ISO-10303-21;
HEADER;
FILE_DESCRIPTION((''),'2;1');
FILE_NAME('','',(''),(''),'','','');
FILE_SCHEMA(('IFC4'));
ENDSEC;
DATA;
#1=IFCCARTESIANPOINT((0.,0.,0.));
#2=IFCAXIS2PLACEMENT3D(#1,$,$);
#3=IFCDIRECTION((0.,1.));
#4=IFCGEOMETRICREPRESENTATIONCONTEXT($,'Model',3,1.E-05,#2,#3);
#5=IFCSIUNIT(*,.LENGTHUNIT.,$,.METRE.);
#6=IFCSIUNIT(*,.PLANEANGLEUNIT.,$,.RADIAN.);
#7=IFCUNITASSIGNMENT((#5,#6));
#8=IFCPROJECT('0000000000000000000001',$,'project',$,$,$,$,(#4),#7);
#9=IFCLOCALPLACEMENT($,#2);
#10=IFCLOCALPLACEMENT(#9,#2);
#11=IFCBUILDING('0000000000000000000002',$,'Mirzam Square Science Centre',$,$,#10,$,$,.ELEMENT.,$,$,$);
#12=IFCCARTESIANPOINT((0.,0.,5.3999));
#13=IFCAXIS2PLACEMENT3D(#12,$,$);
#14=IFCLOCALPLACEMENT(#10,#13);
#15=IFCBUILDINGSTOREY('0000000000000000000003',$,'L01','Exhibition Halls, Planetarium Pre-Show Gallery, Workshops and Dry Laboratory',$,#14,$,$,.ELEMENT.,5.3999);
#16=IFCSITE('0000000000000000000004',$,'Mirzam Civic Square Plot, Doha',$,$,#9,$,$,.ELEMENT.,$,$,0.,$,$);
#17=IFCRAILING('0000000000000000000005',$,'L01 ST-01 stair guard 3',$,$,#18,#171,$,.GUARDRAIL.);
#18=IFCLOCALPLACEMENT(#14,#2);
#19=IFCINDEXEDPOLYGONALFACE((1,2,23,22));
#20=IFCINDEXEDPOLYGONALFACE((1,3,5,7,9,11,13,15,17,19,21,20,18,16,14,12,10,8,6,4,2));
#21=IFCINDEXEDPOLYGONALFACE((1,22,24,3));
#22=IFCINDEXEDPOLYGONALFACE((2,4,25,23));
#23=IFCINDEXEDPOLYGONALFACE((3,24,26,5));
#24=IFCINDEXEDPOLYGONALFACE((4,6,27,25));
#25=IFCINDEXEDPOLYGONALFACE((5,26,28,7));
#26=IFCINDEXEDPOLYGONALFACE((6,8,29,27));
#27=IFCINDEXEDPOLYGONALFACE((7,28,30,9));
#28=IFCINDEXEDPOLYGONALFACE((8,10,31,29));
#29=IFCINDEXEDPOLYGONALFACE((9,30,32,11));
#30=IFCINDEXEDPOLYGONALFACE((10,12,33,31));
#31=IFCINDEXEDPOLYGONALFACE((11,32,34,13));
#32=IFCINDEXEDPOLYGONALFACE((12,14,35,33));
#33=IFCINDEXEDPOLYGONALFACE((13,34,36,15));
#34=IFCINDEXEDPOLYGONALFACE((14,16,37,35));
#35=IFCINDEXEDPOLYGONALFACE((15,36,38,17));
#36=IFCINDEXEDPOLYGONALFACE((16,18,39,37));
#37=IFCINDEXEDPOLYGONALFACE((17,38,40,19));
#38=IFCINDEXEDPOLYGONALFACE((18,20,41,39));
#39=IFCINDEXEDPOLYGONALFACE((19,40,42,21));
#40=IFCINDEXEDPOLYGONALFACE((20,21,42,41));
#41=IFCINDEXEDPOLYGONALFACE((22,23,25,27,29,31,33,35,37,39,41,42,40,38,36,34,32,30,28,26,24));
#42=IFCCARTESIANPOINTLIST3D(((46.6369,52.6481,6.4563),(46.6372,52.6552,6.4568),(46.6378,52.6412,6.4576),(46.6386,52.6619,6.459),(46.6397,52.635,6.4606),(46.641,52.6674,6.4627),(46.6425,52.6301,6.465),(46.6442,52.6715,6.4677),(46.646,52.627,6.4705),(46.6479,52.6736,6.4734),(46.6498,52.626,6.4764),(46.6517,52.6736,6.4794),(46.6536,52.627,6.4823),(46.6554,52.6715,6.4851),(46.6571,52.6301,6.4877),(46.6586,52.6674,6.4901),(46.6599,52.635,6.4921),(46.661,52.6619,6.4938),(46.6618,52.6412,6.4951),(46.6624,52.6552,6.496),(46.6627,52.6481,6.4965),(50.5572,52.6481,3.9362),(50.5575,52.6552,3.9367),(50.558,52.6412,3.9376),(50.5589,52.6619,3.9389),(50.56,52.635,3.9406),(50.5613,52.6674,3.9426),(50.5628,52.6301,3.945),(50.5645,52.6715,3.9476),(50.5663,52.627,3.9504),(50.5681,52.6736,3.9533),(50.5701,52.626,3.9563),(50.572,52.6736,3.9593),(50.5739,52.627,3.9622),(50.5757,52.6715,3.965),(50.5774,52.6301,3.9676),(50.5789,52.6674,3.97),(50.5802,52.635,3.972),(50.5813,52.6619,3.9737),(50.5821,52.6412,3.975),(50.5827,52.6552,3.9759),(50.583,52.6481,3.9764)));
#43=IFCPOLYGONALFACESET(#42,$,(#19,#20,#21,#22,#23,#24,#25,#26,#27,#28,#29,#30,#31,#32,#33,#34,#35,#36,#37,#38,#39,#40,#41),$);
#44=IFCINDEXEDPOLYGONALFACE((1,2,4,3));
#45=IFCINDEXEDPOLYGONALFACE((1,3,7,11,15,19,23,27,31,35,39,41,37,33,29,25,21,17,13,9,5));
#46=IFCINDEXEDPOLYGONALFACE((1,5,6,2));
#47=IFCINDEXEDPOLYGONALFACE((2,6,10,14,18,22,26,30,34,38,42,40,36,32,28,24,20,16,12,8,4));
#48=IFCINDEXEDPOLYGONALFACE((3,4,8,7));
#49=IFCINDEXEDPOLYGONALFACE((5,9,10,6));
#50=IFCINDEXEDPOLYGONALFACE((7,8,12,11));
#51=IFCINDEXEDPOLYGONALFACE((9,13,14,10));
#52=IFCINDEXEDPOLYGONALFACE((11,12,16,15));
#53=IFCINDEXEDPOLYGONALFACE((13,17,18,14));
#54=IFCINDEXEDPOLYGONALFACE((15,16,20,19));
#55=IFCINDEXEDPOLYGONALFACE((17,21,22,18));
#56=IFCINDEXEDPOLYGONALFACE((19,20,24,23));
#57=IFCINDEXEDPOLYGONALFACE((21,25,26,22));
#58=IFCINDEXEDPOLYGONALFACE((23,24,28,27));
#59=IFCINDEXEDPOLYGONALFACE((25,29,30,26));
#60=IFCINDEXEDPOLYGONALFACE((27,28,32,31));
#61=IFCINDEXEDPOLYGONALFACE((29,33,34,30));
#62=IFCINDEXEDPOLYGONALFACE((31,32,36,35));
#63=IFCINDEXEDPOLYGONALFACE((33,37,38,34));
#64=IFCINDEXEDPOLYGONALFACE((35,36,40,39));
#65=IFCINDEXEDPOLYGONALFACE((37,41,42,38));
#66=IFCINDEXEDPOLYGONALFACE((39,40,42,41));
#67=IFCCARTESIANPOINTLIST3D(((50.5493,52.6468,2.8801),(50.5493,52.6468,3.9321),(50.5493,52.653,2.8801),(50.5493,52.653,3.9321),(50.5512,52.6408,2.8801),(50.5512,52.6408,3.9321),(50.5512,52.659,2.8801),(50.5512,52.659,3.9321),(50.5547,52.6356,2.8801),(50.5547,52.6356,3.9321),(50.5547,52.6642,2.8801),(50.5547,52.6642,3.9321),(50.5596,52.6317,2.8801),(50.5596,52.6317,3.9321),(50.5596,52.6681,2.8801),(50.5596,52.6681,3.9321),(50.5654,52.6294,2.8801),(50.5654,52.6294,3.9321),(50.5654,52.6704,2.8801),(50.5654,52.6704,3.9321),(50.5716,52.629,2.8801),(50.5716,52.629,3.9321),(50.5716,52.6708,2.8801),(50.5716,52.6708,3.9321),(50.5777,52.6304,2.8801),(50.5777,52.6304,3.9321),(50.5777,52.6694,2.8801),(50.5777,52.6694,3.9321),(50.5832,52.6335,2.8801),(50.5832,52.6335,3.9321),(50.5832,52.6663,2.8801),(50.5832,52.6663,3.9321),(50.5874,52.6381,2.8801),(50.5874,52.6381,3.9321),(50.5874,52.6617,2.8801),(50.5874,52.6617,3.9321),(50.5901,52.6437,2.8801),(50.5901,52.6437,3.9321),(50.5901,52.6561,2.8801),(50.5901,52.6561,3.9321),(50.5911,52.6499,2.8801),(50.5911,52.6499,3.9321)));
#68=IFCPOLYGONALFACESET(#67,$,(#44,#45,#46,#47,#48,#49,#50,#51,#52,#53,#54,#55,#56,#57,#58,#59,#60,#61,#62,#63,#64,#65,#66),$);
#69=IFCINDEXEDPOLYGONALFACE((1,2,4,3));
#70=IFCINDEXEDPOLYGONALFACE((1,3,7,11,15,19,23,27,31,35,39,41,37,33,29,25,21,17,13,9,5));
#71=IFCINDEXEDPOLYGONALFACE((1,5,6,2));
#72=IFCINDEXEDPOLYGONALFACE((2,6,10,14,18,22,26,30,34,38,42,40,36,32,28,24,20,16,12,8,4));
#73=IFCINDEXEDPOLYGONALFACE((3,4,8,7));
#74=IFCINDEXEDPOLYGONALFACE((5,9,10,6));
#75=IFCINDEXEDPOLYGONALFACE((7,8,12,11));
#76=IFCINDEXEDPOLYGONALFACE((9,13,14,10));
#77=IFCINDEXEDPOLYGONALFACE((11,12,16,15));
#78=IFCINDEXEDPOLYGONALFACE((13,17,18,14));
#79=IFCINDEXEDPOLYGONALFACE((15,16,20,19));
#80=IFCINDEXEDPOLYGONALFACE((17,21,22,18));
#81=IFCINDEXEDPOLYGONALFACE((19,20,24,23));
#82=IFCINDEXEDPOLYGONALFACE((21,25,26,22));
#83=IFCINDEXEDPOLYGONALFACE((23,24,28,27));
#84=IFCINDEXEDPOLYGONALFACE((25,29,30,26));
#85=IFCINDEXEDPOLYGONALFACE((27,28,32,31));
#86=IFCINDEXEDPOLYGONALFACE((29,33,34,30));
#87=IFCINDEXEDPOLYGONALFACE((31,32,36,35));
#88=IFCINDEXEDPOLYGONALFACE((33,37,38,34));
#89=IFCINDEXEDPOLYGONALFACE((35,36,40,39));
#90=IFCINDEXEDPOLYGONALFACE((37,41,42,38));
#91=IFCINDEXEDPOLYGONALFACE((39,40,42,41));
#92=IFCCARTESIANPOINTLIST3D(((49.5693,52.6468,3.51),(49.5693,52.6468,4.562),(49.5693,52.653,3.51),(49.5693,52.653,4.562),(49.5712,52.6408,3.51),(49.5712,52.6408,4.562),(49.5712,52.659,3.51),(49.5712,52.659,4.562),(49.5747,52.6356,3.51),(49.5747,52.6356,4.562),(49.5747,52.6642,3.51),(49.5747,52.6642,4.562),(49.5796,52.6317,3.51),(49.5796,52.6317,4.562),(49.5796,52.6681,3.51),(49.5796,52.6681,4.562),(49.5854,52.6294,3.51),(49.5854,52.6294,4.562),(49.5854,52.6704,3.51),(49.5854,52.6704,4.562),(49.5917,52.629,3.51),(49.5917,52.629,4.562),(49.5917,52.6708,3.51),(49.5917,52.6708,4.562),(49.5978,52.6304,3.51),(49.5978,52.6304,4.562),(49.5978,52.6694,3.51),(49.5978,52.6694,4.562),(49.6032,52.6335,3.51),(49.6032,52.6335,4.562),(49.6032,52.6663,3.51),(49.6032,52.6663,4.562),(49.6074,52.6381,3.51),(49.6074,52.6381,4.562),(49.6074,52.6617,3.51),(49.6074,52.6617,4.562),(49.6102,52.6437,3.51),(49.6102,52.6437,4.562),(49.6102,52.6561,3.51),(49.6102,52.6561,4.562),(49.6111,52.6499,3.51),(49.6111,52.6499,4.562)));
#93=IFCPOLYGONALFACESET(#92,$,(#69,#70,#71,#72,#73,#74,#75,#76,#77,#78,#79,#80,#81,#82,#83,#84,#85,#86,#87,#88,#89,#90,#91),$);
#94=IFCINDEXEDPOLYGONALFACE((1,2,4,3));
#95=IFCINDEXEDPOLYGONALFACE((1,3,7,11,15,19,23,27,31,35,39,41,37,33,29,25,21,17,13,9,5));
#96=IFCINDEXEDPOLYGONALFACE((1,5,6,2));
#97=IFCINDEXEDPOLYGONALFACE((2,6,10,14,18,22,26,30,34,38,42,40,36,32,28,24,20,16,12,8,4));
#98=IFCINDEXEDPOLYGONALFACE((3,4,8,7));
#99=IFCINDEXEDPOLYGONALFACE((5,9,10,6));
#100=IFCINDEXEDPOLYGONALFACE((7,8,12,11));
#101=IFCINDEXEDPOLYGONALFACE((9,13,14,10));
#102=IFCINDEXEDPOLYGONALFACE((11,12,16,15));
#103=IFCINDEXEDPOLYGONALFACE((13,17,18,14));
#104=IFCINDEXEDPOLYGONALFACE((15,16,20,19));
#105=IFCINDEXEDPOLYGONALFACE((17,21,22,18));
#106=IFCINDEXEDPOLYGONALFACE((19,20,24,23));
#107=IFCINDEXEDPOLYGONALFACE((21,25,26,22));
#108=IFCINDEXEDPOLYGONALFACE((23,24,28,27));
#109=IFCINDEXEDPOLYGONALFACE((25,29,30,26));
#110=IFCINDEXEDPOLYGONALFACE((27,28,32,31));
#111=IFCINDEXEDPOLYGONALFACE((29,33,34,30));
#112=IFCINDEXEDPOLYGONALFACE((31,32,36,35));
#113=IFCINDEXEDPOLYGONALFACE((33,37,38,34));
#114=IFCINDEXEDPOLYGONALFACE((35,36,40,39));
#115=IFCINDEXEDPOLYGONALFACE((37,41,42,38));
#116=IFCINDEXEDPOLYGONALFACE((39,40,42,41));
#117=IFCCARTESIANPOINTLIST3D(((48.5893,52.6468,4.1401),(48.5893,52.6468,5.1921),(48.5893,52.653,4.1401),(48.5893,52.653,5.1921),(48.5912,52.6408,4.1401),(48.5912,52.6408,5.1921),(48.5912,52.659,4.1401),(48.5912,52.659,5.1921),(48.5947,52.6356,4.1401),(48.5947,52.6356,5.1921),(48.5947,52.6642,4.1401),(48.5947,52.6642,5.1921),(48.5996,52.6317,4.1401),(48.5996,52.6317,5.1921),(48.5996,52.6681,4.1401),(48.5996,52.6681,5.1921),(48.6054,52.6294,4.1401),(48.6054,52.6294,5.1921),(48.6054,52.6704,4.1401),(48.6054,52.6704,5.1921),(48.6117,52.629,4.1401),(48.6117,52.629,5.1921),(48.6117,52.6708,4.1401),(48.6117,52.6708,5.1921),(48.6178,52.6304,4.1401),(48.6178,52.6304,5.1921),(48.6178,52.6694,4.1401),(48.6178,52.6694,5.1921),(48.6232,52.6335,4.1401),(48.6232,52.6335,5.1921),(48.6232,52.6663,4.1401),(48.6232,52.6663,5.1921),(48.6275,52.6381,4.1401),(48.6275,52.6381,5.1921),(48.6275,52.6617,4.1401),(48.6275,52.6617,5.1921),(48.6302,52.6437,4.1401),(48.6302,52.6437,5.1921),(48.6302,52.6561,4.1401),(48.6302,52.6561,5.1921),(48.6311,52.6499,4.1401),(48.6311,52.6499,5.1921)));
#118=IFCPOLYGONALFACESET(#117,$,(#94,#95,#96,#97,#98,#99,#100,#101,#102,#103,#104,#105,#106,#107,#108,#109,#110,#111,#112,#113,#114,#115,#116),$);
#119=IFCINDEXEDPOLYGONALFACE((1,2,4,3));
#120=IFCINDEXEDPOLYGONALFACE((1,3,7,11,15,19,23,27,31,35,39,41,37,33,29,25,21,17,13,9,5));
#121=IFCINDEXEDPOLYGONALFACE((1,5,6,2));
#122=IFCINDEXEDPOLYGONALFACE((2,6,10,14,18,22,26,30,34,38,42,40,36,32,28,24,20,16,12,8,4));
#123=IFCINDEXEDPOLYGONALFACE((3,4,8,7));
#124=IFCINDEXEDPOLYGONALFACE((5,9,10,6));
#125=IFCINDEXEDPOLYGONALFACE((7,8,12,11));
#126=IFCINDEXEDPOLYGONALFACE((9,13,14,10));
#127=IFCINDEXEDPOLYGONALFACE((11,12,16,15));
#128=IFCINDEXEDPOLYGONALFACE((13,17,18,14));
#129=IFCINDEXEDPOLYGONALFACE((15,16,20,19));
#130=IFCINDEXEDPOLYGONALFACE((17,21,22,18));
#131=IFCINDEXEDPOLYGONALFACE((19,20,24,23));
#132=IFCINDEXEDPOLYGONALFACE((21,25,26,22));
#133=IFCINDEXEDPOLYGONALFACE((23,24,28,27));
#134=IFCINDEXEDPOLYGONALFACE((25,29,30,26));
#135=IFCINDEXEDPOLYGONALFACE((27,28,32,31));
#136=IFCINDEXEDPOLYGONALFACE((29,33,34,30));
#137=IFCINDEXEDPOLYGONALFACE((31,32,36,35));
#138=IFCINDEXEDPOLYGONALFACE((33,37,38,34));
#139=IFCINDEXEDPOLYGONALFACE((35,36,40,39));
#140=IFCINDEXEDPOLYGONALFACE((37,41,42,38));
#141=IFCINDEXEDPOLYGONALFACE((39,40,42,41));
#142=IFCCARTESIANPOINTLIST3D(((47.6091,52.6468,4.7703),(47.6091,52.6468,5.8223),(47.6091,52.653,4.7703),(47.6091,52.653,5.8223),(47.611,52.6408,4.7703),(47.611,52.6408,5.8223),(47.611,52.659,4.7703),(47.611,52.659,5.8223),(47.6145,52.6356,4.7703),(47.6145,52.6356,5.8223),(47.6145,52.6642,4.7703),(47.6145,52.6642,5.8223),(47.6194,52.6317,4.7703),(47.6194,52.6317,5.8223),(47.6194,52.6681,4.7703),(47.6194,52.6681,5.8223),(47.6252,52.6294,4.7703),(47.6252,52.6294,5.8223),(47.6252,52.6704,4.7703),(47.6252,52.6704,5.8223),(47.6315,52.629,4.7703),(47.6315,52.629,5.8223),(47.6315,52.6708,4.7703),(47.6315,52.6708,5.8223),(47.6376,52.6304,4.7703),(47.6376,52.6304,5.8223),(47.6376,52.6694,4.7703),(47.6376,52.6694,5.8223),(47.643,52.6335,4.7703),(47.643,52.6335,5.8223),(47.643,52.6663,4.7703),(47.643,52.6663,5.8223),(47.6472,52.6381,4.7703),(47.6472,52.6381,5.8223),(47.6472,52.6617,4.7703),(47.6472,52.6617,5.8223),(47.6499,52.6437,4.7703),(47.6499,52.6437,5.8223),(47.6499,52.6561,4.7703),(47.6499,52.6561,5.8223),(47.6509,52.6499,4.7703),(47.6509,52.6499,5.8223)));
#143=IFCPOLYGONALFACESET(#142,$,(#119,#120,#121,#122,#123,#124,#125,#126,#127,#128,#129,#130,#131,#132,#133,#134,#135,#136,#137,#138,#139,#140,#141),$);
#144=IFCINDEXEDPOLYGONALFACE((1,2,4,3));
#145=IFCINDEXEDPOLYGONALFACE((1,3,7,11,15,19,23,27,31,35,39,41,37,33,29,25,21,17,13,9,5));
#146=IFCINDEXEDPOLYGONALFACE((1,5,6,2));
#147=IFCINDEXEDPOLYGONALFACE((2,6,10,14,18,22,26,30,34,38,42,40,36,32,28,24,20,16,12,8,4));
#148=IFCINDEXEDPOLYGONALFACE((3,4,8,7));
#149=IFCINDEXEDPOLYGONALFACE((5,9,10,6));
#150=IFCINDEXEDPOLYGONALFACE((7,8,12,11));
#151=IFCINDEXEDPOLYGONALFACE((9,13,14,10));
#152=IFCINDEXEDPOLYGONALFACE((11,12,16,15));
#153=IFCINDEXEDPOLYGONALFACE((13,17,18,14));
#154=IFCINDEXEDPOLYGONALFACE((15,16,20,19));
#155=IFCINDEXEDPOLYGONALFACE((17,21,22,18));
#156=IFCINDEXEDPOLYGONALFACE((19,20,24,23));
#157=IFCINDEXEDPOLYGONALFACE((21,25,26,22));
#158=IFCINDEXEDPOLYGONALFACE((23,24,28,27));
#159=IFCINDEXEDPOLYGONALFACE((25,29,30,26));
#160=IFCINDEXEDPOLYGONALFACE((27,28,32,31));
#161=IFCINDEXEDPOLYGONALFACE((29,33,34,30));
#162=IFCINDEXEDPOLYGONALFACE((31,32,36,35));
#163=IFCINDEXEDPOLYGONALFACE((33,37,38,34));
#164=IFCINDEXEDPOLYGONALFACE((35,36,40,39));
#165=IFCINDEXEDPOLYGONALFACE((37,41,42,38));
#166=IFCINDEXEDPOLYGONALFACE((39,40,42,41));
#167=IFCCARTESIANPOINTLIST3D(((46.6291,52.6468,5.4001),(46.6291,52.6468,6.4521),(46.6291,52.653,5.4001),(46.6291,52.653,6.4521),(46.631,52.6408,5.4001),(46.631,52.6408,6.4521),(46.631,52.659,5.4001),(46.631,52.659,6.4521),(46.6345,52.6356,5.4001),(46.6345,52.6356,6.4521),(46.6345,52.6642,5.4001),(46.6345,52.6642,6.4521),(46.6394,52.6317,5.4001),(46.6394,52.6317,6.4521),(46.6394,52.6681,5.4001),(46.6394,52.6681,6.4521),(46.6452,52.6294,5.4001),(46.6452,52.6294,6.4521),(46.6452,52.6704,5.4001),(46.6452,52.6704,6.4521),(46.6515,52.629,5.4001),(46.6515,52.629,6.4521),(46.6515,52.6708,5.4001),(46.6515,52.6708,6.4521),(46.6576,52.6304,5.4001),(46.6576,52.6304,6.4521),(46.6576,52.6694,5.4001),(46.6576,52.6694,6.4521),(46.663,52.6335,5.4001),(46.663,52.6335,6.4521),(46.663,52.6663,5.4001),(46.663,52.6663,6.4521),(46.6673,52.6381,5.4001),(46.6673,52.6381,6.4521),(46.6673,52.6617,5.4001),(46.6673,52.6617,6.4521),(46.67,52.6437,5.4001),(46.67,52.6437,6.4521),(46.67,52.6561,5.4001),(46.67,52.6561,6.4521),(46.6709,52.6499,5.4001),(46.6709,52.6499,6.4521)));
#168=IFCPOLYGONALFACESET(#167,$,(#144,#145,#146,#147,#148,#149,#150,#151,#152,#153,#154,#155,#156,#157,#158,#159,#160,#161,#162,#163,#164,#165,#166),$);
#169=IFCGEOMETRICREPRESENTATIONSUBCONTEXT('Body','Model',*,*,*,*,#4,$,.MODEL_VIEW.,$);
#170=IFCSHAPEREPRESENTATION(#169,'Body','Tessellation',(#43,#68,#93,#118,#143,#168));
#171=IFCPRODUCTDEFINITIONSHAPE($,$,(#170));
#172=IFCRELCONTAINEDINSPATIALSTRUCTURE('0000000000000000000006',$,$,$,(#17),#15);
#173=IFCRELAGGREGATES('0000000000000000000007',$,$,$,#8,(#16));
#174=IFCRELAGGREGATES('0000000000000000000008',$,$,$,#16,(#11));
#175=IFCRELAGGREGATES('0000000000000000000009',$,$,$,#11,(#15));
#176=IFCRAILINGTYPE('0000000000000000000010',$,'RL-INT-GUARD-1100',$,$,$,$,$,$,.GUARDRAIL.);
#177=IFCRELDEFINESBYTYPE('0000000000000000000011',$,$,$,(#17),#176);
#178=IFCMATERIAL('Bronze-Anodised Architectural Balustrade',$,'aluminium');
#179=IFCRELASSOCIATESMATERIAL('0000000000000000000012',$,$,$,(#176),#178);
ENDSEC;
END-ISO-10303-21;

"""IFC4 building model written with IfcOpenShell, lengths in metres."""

from ifc_helpers import new_model, si_unit, direction, frame, origin, origin_2d, place, context, subcontext, project, spatial, circle, extrude, material, type_object, element, save


model = new_model("IFC4")

# Units and contexts
model_context = context("Model", 3, precision=1e-05, world=origin(), true_north=direction((0.0, 1.0)))
body_context = subcontext(model_context, "Body", "Model", "MODEL_VIEW")
ifc_project = project(units=[si_unit("LENGTHUNIT", "METRE"), si_unit("PLANEANGLEUNIT", "RADIAN")], contexts=[model_context])

# Site, building, storey
site_placement = place(None, origin())
site = spatial("IfcSite", under=ifc_project, at=site_placement, Name="Mirzam Civic Square Plot, Doha", CompositionType="ELEMENT", RefElevation=0.0)
building_placement = place(site_placement, origin())
building = spatial("IfcBuilding", under=site, at=building_placement, Name="Mirzam Square Science Centre", CompositionType="ELEMENT")
storey_placement = place(building_placement, frame((0.0, 0.0, 5.3999)))
storey = spatial("IfcBuildingStorey", under=building, at=storey_placement, Name="L01", Description="Exhibition Halls, Planetarium Pre-Show Gallery, Workshops and Dry Laboratory", CompositionType="ELEMENT", Elevation=5.3999)

# Railing
ifc_material_1 = material(Name="Bronze-Anodised Architectural Balustrade", Category="aluminium")
railing_type_1 = type_object("IfcRailingType", Name="RL-INT-GUARD-1100", PredefinedType="GUARDRAIL", material=ifc_material_1)
railing_1_placement = place(storey_placement, frame((50.5701, 52.6499, 2.8801)))
element("IfcRailing", 1, at=railing_1_placement, inside=storey, type_object=railing_type_1, Name="L01 ST-01 stair guard 3", PredefinedType="GUARDRAIL", context=body_context, shape_type="SweptSolid", body=[
    extrude(circle(Radius=0.0239, at=origin_2d()), frame((0.0, 0.0, 1.0762), z_axis=(-0.841187, 0.0, 0.540744), x_axis=(0.0, -1.0, 0.0)), (0.0, 0.0, 1.0), 4.6604),
    extrude(circle(Radius=0.021, at=origin_2d()), origin(), (0.0, 0.0, 1.0), 1.052),
    extrude(circle(Radius=0.021, at=origin_2d()), frame((-0.98, 0.0, 0.6299)), (0.0, 0.0, 1.0), 1.052),
    extrude(circle(Radius=0.021, at=origin_2d()), frame((-1.96, 0.0, 1.26)), (0.0, 0.0, 1.0), 1.052),
    extrude(circle(Radius=0.021, at=origin_2d()), frame((-2.9402, 0.0, 1.8901)), (0.0, 0.0, 1.0), 1.052),
    extrude(circle(Radius=0.021, at=origin_2d()), frame((-3.9202, 0.0, 2.52)), (0.0, 0.0, 1.0), 1.052),
])

save(model, "model.ifc")
